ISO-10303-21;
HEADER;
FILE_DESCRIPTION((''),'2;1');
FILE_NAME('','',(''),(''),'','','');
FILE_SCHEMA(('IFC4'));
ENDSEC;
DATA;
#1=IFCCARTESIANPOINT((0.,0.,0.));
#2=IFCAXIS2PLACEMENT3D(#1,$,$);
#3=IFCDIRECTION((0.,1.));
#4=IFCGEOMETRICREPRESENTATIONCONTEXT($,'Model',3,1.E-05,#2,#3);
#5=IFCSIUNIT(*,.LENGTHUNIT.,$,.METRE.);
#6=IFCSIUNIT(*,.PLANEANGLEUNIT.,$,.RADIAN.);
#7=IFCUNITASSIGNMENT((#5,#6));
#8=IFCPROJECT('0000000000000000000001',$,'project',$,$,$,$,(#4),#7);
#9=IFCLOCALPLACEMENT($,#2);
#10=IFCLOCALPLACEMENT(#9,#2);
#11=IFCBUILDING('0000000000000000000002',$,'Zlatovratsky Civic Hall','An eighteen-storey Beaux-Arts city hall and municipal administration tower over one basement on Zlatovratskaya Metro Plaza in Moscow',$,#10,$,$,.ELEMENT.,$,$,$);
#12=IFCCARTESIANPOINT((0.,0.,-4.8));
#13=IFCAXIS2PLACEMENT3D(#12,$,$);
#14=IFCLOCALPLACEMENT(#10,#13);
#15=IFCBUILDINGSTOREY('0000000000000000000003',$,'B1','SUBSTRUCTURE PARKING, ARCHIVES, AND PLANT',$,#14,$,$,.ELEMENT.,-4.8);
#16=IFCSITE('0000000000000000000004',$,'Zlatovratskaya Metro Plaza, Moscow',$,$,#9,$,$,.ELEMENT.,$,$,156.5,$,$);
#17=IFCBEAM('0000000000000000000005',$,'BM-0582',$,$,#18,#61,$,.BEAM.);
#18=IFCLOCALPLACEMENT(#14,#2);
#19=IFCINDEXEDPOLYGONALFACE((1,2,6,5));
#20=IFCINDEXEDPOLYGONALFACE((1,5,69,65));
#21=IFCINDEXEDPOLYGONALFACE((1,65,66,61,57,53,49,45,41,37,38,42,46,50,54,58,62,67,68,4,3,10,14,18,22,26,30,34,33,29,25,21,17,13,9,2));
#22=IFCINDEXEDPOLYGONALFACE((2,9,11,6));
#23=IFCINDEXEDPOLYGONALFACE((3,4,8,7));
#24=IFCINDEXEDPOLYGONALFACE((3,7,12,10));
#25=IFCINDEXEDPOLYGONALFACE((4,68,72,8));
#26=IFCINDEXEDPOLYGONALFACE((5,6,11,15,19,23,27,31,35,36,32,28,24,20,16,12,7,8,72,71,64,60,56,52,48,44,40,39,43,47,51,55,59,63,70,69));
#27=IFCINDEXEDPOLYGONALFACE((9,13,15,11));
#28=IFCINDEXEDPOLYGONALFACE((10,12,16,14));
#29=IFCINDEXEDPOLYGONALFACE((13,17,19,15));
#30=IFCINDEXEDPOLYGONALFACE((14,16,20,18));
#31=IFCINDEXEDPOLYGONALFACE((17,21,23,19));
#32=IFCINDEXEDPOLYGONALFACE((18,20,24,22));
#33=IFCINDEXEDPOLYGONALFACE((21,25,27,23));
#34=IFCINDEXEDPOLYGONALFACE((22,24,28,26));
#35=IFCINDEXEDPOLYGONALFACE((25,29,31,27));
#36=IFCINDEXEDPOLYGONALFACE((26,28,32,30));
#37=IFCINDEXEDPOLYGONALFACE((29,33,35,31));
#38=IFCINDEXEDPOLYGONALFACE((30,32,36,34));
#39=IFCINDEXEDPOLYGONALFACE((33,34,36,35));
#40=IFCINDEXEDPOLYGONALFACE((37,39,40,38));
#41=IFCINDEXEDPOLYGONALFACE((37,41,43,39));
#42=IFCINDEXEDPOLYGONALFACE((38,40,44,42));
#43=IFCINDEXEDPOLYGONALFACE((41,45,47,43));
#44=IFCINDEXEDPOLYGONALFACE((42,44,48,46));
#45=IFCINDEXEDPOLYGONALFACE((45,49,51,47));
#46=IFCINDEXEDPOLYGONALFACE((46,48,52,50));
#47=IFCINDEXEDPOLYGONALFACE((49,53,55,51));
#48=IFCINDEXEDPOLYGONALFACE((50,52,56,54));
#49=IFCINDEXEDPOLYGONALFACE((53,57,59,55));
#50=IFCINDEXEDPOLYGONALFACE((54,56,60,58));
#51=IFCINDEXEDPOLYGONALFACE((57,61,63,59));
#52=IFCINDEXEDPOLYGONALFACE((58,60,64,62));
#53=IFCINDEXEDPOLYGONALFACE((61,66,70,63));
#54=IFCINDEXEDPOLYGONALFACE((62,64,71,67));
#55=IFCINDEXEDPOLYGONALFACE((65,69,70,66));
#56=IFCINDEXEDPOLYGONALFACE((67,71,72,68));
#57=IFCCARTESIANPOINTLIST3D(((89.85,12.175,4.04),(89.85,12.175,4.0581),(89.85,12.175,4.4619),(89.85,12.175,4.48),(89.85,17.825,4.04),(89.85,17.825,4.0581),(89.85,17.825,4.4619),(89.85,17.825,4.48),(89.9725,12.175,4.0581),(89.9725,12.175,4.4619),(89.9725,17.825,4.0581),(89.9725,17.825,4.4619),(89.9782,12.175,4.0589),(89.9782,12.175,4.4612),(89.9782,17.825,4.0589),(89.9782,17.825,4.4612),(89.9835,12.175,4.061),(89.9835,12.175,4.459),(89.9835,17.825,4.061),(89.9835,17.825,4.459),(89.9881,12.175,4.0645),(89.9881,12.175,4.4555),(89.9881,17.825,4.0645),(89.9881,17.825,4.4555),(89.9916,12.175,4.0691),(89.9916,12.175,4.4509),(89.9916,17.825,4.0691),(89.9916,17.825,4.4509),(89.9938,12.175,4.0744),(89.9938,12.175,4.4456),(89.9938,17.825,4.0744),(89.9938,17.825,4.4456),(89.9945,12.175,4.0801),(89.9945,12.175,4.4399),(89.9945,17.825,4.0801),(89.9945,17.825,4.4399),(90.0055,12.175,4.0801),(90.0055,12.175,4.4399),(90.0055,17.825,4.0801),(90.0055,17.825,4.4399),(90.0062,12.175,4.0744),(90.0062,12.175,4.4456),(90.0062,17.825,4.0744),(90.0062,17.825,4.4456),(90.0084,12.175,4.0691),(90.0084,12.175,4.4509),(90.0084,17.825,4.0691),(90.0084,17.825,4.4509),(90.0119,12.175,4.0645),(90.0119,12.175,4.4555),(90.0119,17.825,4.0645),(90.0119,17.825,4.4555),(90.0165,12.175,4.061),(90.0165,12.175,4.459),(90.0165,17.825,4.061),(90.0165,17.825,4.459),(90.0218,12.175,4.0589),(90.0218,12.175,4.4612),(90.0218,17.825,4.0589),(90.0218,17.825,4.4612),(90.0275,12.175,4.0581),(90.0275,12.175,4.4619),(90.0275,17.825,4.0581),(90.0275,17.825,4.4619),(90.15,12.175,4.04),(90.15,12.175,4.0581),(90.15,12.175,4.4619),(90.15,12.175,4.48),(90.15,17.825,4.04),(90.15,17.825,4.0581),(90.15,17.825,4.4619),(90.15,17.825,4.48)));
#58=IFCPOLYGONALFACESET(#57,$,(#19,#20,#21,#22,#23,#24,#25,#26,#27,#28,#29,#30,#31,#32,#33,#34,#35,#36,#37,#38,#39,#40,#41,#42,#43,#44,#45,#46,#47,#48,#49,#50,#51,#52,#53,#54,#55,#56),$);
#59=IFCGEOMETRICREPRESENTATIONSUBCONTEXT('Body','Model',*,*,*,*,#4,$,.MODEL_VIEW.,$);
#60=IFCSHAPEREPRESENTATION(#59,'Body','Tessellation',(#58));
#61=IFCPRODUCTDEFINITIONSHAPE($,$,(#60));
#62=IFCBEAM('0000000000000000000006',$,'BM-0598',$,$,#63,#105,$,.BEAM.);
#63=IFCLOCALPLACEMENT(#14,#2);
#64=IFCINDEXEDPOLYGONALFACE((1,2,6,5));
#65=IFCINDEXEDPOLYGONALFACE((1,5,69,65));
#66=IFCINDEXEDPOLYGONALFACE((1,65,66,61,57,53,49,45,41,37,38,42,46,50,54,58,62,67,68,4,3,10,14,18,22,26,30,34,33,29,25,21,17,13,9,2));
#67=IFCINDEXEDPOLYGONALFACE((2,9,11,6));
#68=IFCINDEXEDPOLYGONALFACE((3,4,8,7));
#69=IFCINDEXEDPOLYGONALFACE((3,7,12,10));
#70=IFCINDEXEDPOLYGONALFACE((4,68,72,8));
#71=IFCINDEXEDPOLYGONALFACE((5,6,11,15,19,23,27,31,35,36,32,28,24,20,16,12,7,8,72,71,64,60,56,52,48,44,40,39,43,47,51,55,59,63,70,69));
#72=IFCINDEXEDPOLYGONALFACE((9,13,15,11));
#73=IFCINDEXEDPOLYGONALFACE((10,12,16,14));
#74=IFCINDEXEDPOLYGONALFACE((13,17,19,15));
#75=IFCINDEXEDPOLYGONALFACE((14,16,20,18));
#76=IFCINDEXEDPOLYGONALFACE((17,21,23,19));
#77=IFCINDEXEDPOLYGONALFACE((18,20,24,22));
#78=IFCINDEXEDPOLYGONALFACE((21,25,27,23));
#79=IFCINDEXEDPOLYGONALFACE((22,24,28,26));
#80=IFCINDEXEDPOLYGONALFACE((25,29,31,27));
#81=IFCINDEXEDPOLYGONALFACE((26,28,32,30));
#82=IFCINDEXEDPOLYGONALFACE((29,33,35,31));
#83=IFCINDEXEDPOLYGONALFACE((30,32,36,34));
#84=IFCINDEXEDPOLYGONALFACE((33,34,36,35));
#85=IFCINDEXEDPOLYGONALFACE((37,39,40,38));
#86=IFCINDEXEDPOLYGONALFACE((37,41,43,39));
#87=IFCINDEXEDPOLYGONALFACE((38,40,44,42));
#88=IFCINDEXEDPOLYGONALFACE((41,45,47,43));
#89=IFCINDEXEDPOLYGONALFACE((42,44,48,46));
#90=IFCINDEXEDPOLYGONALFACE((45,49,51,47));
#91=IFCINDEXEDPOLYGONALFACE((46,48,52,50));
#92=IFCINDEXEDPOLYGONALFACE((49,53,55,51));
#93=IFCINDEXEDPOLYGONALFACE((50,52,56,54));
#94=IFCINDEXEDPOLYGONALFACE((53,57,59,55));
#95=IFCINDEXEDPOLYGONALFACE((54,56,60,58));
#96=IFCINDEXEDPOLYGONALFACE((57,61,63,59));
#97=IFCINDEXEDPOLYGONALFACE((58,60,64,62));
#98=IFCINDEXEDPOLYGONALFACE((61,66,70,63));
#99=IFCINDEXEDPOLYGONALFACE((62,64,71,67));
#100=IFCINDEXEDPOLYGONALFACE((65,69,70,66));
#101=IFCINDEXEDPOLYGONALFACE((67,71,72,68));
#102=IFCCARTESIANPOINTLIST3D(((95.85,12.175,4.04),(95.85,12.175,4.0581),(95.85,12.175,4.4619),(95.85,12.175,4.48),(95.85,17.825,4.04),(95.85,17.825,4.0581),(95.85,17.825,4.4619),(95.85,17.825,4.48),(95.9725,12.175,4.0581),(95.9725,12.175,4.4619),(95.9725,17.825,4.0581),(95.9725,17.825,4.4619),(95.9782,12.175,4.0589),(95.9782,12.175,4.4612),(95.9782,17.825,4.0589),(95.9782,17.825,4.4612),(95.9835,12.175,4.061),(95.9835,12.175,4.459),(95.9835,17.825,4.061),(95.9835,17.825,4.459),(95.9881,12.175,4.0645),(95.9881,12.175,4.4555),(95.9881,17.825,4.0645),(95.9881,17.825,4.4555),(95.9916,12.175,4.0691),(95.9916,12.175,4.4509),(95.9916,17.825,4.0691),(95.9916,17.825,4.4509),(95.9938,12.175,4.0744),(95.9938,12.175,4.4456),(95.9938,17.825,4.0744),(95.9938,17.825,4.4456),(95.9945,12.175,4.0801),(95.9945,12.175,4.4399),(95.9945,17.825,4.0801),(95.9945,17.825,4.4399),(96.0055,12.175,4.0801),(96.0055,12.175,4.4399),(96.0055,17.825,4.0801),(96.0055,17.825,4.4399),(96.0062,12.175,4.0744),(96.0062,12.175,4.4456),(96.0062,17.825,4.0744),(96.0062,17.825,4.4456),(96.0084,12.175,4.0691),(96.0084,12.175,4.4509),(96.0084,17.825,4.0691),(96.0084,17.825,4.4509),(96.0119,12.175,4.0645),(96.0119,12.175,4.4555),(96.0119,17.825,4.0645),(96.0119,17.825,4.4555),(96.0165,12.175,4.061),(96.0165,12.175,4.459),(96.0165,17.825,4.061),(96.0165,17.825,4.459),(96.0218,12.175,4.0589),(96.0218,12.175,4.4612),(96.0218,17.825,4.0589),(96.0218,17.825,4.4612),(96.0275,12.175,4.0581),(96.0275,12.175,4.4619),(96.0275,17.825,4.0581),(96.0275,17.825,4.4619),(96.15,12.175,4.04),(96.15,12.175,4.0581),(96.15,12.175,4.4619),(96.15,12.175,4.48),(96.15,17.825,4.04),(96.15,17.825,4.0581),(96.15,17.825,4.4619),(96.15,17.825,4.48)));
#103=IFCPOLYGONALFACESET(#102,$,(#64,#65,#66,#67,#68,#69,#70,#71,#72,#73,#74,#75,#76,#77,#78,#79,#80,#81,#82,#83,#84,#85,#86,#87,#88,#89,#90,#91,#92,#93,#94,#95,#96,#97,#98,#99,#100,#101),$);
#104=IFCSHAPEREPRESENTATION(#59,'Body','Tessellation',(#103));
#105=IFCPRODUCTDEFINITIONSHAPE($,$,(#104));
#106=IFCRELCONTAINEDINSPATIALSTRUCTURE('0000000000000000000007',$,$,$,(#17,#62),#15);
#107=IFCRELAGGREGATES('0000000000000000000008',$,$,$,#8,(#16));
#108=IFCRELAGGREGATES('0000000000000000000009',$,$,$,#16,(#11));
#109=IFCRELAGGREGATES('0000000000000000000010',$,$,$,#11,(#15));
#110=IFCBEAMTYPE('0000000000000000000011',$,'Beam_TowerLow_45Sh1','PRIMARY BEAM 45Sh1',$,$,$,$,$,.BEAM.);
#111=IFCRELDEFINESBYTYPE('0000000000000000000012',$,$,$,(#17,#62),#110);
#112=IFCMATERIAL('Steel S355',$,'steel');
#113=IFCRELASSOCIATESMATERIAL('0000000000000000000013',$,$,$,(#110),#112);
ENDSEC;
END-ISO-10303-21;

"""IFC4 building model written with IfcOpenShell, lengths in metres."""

from ifc_helpers import new_model, si_unit, direction, frame, origin, origin_2d, place, context, subcontext, project, spatial, i_section, extrude, material, material_profile, profile_set, type_object, element, save


model = new_model("IFC4")

# Units and contexts
model_context = context("Model", 3, precision=1e-05, world=origin(), true_north=direction((0.0, 1.0)))
body_context = subcontext(model_context, "Body", "Model", "MODEL_VIEW")
ifc_project = project(units=[si_unit("LENGTHUNIT", "METRE"), si_unit("PLANEANGLEUNIT", "RADIAN")], contexts=[model_context])

# Site, building, storey
site_placement = place(None, origin())
site = spatial("IfcSite", under=ifc_project, at=site_placement, Name="Zlatovratskaya Metro Plaza, Moscow", CompositionType="ELEMENT", RefElevation=156.5)
building_placement = place(site_placement, origin())
building = spatial("IfcBuilding", under=site, at=building_placement, Name="Zlatovratsky Civic Hall", Description="An eighteen-storey Beaux-Arts city hall and municipal administration tower over one basement on Zlatovratskaya Metro Plaza in Moscow", CompositionType="ELEMENT")
storey_placement = place(building_placement, frame((0.0, 0.0, -4.8)))
storey = spatial("IfcBuildingStorey", under=building, at=storey_placement, Name="B1", Description="SUBSTRUCTURE PARKING, ARCHIVES, AND PLANT", CompositionType="ELEMENT", Elevation=-4.8)

# Shared definitions
ifc_material_1 = material(Name="Steel S355", Category="steel")

# Beams
ifc_material_profile_1 = material_profile(ifc_material_1, i_section(OverallWidth=0.3, OverallDepth=0.4399, WebThickness=0.011, FlangeThickness=0.0181, FilletRadius=0.022, at=origin_2d()), Name="45Sh1")
ifc_profile_set_1 = profile_set([ifc_material_profile_1], Name="Steel S355")
beam_type_1 = type_object("IfcBeamType", Name="Beam_TowerLow_45Sh1", Description="PRIMARY BEAM 45Sh1", PredefinedType="BEAM", material=ifc_profile_set_1)
for number, where, z_axis, x_axis, name in (
    (1, (90.0, 12.175, 4.26), (0.0, 1.0, 0.0), (-1.0, 0.0, 0.0), "BM-0582"),
    (2, (96.0, 12.175, 4.26), (0.0, 1.0, 0.0), (-1.0, 0.0, 0.0), "BM-0598"),
):
    element("IfcBeam", number, at=place(storey_placement, frame(where, z_axis=z_axis, x_axis=x_axis)), inside=storey, type_object=beam_type_1, Name=name, PredefinedType="BEAM", context=body_context, shape_type="SweptSolid", body=[
        extrude(i_section(OverallWidth=0.3, OverallDepth=0.4399, WebThickness=0.011, FlangeThickness=0.0181, FilletRadius=0.022, at=origin_2d()), origin(), (0.0, 0.0, 1.0), 5.6499),
    ])

save(model, "model.ifc")
